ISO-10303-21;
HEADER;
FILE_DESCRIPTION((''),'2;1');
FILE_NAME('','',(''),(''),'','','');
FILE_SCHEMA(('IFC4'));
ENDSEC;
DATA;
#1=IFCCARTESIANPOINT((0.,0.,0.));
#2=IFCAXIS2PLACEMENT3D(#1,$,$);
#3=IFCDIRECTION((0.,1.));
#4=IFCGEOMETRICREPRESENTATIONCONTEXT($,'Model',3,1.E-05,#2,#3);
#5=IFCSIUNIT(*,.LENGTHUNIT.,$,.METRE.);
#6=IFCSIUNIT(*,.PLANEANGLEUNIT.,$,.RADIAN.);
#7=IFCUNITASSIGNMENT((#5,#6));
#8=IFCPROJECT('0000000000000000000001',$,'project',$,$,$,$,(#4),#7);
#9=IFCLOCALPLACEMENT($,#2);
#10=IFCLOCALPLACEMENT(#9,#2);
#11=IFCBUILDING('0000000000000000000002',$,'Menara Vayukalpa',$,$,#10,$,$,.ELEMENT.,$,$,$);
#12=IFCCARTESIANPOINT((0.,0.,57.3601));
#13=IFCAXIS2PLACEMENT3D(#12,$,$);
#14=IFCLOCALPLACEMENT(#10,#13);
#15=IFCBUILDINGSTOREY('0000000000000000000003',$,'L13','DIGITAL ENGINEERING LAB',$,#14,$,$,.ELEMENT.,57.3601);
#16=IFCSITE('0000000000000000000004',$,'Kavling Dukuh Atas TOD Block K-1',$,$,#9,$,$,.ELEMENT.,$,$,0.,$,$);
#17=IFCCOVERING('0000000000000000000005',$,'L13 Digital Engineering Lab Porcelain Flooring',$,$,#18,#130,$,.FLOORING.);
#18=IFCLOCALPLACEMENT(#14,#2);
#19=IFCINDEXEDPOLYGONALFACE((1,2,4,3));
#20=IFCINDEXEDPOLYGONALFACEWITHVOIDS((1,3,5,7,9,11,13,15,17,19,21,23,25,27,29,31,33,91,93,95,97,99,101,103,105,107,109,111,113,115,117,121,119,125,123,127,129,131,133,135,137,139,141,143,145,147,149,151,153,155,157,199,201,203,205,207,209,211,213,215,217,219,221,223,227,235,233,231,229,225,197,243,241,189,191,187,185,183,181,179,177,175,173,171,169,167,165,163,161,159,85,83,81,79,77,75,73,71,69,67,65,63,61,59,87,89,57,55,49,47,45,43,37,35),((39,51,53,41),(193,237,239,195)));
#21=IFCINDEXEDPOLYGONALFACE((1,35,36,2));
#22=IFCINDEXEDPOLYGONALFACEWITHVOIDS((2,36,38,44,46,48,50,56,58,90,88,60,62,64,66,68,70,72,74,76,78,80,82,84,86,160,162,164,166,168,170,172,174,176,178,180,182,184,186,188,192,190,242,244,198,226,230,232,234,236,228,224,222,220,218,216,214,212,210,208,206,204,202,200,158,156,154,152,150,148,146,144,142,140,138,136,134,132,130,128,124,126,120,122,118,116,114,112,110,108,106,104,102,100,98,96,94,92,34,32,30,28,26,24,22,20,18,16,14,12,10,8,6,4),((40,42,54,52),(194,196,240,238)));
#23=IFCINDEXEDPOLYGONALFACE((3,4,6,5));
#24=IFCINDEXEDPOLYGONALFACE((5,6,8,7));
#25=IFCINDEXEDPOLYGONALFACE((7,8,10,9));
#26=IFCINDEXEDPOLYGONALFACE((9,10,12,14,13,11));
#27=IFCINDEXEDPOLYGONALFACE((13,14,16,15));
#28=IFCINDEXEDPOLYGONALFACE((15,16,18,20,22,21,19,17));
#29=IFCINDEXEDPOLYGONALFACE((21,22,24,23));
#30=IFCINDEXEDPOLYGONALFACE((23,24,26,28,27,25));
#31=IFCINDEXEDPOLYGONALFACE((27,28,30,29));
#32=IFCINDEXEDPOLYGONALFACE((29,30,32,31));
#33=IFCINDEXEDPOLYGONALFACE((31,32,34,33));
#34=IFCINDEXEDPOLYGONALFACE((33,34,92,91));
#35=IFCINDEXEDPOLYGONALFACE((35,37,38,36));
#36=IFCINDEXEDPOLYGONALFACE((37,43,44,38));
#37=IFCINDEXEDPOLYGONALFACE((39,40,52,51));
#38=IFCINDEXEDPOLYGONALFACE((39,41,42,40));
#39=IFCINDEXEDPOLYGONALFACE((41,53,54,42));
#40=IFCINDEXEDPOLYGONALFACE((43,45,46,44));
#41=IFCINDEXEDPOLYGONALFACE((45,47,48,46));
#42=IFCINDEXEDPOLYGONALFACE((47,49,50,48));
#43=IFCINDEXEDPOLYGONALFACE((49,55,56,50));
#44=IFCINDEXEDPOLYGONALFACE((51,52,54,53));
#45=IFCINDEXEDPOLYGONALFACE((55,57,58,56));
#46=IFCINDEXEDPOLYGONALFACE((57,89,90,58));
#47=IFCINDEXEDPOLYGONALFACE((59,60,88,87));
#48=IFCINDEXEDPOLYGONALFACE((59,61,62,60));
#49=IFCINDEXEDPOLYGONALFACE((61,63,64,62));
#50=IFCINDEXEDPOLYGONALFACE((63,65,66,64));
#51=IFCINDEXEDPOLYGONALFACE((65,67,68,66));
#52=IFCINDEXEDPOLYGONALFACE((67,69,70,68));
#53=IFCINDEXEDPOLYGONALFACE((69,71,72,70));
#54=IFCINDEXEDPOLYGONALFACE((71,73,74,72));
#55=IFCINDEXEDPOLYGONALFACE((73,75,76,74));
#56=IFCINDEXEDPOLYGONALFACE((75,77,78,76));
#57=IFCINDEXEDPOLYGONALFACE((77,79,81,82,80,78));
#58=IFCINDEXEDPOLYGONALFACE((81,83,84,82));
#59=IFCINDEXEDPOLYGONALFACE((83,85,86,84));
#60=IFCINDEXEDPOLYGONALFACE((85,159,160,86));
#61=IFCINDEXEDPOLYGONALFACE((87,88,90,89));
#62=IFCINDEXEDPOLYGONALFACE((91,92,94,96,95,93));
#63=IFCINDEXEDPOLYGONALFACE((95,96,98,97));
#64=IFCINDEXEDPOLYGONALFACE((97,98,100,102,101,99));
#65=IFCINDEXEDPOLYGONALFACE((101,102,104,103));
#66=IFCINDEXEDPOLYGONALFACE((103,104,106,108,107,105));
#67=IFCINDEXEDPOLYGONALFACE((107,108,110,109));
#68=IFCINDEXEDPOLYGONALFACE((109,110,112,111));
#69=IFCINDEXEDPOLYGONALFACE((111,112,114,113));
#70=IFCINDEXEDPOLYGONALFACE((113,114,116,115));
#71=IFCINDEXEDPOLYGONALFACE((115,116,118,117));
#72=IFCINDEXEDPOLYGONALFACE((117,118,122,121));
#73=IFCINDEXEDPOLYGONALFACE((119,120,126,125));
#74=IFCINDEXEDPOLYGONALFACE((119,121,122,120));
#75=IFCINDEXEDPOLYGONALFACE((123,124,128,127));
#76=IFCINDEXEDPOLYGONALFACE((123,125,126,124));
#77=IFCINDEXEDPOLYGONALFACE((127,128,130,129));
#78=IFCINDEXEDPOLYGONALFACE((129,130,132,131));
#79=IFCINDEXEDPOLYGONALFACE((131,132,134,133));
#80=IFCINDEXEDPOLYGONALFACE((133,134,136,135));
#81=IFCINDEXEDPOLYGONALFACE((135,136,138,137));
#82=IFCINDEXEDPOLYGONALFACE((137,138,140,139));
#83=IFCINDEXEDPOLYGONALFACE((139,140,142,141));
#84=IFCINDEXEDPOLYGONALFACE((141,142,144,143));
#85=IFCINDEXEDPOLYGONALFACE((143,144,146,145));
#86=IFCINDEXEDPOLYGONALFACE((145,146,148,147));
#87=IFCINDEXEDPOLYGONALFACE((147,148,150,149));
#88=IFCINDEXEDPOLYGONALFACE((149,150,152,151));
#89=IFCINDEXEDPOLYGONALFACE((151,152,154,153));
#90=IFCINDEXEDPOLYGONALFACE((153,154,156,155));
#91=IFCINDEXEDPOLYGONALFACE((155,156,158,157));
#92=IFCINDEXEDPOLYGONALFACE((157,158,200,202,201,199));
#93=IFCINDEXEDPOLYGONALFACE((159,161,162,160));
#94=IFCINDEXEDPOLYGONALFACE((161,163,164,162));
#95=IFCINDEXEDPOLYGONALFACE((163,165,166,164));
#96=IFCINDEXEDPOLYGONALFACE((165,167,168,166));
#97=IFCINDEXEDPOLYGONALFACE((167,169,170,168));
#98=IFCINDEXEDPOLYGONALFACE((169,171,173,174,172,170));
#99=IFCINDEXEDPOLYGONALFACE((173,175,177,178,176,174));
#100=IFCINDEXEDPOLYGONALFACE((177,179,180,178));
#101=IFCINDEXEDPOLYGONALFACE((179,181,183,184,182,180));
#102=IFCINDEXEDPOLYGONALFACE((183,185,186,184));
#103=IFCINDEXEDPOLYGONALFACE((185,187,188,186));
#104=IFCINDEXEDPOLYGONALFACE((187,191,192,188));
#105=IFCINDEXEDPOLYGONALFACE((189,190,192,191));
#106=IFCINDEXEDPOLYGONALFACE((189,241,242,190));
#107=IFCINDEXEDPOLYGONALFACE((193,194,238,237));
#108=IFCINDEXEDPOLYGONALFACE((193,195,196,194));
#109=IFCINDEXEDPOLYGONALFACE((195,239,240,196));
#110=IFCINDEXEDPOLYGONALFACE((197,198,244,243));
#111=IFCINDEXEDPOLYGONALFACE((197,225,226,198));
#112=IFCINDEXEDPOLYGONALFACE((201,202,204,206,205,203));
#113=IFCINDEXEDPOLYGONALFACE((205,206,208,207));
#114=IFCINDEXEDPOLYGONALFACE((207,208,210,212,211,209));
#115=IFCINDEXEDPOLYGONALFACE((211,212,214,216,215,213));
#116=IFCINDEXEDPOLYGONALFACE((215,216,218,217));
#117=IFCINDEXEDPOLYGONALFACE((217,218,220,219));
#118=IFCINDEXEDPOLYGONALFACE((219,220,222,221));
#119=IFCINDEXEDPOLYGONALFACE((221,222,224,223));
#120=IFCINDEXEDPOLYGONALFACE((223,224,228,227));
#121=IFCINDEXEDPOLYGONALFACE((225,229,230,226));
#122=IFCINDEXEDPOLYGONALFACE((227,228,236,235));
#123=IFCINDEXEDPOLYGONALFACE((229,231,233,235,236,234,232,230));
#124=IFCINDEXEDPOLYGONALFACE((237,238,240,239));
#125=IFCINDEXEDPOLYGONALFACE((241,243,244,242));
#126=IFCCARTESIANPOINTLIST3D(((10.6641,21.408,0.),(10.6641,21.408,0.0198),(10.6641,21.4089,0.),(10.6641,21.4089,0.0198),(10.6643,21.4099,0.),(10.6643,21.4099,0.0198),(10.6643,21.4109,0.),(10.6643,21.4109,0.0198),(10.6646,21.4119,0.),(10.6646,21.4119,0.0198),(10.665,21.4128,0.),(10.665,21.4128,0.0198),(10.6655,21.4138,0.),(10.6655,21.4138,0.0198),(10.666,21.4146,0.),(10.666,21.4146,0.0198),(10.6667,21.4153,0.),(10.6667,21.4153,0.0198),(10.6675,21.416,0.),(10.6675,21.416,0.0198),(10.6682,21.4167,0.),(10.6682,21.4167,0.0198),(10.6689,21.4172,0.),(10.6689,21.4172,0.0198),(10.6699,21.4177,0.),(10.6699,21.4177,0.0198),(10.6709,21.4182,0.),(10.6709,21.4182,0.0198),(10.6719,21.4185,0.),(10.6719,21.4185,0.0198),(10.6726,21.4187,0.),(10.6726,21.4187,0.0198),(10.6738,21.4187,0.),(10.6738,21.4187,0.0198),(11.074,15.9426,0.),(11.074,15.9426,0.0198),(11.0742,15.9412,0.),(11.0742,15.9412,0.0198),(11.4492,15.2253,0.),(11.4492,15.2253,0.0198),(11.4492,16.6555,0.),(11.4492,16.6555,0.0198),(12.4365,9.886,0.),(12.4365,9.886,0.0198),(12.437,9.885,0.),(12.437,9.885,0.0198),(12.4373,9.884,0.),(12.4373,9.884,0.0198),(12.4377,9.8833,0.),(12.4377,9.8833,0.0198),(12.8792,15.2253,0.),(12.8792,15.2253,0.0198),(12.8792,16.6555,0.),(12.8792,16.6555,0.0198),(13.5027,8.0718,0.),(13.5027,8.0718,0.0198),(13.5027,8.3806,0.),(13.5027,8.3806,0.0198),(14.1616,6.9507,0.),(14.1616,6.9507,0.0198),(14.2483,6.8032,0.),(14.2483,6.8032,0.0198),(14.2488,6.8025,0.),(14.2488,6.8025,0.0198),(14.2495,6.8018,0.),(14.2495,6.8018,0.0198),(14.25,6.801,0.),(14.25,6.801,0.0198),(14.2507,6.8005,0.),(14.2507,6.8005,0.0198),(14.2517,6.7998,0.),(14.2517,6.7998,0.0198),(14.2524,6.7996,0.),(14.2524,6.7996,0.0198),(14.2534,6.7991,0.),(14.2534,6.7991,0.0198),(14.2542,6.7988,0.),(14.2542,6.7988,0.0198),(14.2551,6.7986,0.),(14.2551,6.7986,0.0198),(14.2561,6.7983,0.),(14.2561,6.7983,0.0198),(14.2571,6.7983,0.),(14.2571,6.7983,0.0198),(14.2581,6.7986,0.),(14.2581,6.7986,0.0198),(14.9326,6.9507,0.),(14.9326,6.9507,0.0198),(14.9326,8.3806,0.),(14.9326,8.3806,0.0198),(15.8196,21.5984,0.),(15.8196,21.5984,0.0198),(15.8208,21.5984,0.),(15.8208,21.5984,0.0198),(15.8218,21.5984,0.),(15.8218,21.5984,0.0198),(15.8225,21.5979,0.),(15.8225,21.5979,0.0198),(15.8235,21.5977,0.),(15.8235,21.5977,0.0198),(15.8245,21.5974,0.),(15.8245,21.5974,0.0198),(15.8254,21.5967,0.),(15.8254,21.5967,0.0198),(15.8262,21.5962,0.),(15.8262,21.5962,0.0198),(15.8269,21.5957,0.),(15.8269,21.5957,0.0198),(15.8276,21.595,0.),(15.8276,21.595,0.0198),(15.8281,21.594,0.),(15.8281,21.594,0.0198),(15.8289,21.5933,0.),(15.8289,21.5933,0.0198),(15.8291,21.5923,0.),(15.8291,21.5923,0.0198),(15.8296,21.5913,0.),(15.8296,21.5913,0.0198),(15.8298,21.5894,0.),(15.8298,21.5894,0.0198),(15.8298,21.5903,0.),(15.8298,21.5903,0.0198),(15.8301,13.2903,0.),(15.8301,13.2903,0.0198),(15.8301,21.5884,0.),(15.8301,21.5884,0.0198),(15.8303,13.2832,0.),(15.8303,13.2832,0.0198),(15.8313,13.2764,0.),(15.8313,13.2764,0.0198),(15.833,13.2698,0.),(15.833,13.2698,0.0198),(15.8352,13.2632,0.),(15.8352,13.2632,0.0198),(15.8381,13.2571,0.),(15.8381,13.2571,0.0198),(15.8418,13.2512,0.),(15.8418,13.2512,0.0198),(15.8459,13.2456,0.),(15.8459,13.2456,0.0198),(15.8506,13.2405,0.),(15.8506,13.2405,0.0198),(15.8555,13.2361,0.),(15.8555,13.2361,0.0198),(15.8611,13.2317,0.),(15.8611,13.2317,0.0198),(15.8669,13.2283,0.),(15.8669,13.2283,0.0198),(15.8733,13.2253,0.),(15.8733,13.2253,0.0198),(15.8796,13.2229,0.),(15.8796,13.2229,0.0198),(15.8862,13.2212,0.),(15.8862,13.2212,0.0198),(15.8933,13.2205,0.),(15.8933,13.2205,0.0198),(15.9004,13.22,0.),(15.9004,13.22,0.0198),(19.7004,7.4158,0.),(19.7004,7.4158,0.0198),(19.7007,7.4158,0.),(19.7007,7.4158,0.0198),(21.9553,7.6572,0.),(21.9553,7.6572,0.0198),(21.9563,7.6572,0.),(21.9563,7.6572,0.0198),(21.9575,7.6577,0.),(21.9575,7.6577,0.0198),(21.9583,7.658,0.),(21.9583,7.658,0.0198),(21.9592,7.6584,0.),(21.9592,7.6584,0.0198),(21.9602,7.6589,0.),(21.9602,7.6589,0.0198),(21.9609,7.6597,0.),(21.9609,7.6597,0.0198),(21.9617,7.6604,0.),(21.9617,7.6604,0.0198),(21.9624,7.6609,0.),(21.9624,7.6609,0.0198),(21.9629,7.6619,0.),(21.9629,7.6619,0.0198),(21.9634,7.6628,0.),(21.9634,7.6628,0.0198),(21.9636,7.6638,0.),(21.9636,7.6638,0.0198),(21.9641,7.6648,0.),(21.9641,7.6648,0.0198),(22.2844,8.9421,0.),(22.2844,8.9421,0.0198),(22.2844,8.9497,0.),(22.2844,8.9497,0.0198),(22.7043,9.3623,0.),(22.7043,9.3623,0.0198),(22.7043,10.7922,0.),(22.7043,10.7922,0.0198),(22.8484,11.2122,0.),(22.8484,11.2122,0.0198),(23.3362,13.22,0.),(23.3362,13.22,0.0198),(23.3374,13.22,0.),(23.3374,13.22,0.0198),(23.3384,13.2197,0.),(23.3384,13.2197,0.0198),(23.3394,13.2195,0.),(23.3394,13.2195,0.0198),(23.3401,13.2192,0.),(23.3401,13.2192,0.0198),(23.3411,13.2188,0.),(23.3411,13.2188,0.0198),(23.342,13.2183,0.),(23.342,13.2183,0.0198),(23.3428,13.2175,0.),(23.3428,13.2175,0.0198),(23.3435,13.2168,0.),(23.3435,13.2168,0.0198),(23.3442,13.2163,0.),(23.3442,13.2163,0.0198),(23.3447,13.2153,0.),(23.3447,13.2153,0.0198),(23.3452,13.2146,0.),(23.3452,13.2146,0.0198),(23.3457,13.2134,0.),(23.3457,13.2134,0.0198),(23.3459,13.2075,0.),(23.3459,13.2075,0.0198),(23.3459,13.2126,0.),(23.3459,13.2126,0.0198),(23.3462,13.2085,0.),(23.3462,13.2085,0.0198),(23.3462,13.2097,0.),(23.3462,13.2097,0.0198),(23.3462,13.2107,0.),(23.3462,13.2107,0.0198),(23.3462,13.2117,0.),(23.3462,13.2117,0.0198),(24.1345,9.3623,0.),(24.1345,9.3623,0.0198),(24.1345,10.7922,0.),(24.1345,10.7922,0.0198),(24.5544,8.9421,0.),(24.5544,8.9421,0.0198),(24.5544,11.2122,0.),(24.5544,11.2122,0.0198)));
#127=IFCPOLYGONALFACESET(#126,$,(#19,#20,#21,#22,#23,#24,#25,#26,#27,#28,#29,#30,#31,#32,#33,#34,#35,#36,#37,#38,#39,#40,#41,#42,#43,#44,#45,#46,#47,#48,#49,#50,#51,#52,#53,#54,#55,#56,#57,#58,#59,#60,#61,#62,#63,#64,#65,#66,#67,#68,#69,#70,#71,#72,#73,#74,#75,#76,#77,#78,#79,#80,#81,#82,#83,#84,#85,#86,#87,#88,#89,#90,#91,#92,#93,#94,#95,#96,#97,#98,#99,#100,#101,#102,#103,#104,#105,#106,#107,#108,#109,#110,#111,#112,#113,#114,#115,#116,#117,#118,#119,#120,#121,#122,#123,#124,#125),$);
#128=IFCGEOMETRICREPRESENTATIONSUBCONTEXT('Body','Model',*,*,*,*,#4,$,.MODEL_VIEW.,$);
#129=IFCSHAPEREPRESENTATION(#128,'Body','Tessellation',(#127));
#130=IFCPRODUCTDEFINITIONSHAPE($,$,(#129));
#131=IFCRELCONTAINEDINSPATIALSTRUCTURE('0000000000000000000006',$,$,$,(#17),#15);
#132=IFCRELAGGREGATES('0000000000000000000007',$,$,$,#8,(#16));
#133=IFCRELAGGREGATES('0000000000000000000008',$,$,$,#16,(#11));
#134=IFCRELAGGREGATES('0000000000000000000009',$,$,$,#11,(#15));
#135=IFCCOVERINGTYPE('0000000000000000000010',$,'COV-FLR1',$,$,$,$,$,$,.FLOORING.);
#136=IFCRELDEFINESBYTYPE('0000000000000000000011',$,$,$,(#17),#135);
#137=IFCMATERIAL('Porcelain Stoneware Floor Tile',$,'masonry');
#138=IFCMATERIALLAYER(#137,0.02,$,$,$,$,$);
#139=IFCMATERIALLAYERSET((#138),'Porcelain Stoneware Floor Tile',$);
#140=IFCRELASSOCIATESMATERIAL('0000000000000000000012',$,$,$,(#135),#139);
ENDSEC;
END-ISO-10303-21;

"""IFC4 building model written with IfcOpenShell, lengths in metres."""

from ifc_helpers import new_model, si_unit, direction, frame, origin, place, context, subcontext, project, spatial, polyline, outline, extrude, material, layer, layer_set, type_object, element, save


model = new_model("IFC4")

# Units and contexts
model_context = context("Model", 3, precision=1e-05, world=origin(), true_north=direction((0.0, 1.0)))
body_context = subcontext(model_context, "Body", "Model", "MODEL_VIEW")
ifc_project = project(units=[si_unit("LENGTHUNIT", "METRE"), si_unit("PLANEANGLEUNIT", "RADIAN")], contexts=[model_context])

# Site, building, storey
site_placement = place(None, origin())
site = spatial("IfcSite", under=ifc_project, at=site_placement, Name="Kavling Dukuh Atas TOD Block K-1", CompositionType="ELEMENT", RefElevation=0.0)
building_placement = place(site_placement, origin())
building = spatial("IfcBuilding", under=site, at=building_placement, Name="Menara Vayukalpa", CompositionType="ELEMENT")
storey_placement = place(building_placement, frame((0.0, 0.0, 57.3601)))
storey = spatial("IfcBuildingStorey", under=building, at=storey_placement, Name="L13", Description="DIGITAL ENGINEERING LAB", CompositionType="ELEMENT", Elevation=57.3601)

# Covering
ifc_material_1 = material(Name="Porcelain Stoneware Floor Tile", Category="masonry")
ifc_layer_1 = layer(ifc_material_1, 0.02)
ifc_layer_set_1 = layer_set([ifc_layer_1], Name="Porcelain Stoneware Floor Tile")
covering_type_1 = type_object("IfcCoveringType", Name="COV-FLR1", PredefinedType="FLOORING", material=ifc_layer_set_1)
covering_1_placement = place(storey_placement, origin())
element("IfcCovering", 1, at=covering_1_placement, inside=storey, type_object=covering_type_1, Name="L13 Digital Engineering Lab Porcelain Flooring", PredefinedType="FLOORING", context=body_context, shape_type="SweptSolid", body=[
    extrude(outline(polyline([(24.5544, 8.9421), (22.2844, 8.9421), (22.2844, 8.9497), (21.9641, 7.6648), (21.9636, 7.6638), (21.9634, 7.6628), (21.9629, 7.6619), (21.9624, 7.6609), (21.9617, 7.6604), (21.9609, 7.6597), (21.9602, 7.6589), (21.9592, 7.6584), (21.9583, 7.658), (21.9575, 7.6577), (21.9563, 7.6572), (21.9553, 7.6572), (19.7007, 7.4158), (19.7004, 7.4158), (14.2581, 6.7986), (14.2571, 6.7983), (14.2561, 6.7983), (14.2551, 6.7986), (14.2542, 6.7988), (14.2534, 6.7991), (14.2524, 6.7996), (14.2517, 6.7998), (14.2507, 6.8005), (14.25, 6.801), (14.2495, 6.8018), (14.2488, 6.8025), (14.2483, 6.8032), (14.1616, 6.9507), (14.9326, 6.9507), (14.9326, 8.3806), (13.5027, 8.3806), (13.5027, 8.0718), (12.4377, 9.8833), (12.4373, 9.884), (12.437, 9.885), (12.4365, 9.886), (11.0742, 15.9412), (11.074, 15.9426), (10.6641, 21.408), (10.6641, 21.4089), (10.6643, 21.4099), (10.6643, 21.4109), (10.6646, 21.4119), (10.665, 21.4128), (10.6655, 21.4138), (10.666, 21.4146), (10.6667, 21.4153), (10.6675, 21.416), (10.6682, 21.4167), (10.6689, 21.4172), (10.6699, 21.4177), (10.6709, 21.4182), (10.6719, 21.4185), (10.6726, 21.4187), (10.6738, 21.4187), (15.8196, 21.5984), (15.8208, 21.5984), (15.8218, 21.5984), (15.8225, 21.5979), (15.8235, 21.5977), (15.8245, 21.5974), (15.8254, 21.5967), (15.8262, 21.5962), (15.8269, 21.5957), (15.8276, 21.595), (15.8281, 21.594), (15.8289, 21.5933), (15.8291, 21.5923), (15.8296, 21.5913), (15.8298, 21.5903), (15.8298, 21.5894), (15.8301, 21.5884), (15.8301, 13.2903), (15.8303, 13.2832), (15.8313, 13.2764), (15.833, 13.2698), (15.8352, 13.2632), (15.8381, 13.2571), (15.8418, 13.2512), (15.8459, 13.2456), (15.8506, 13.2405), (15.8555, 13.2361), (15.8611, 13.2317), (15.8669, 13.2283), (15.8733, 13.2253), (15.8796, 13.2229), (15.8862, 13.2212), (15.8933, 13.2205), (15.9004, 13.22), (23.3362, 13.22), (23.3374, 13.22), (23.3384, 13.2197), (23.3394, 13.2195), (23.3401, 13.2192), (23.3411, 13.2188), (23.342, 13.2183), (23.3428, 13.2175), (23.3435, 13.2168), (23.3442, 13.2163), (23.3447, 13.2153), (23.3452, 13.2146), (23.3457, 13.2134), (23.3459, 13.2126), (23.3462, 13.2117), (23.3462, 13.2107), (23.3462, 13.2097), (23.3462, 13.2085), (23.3459, 13.2075), (22.8484, 11.2122), (24.5544, 11.2122), (24.5544, 8.9421)]), holes=[polyline([(12.8792, 16.6555), (11.4492, 16.6555), (11.4492, 15.2253), (12.8792, 15.2253), (12.8792, 16.6555)]), polyline([(24.1345, 10.7922), (22.7043, 10.7922), (22.7043, 9.3623), (24.1345, 9.3623), (24.1345, 10.7922)])]), origin(), (0.0, 0.0, 1.0), 0.0198),
])

save(model, "model.ifc")
